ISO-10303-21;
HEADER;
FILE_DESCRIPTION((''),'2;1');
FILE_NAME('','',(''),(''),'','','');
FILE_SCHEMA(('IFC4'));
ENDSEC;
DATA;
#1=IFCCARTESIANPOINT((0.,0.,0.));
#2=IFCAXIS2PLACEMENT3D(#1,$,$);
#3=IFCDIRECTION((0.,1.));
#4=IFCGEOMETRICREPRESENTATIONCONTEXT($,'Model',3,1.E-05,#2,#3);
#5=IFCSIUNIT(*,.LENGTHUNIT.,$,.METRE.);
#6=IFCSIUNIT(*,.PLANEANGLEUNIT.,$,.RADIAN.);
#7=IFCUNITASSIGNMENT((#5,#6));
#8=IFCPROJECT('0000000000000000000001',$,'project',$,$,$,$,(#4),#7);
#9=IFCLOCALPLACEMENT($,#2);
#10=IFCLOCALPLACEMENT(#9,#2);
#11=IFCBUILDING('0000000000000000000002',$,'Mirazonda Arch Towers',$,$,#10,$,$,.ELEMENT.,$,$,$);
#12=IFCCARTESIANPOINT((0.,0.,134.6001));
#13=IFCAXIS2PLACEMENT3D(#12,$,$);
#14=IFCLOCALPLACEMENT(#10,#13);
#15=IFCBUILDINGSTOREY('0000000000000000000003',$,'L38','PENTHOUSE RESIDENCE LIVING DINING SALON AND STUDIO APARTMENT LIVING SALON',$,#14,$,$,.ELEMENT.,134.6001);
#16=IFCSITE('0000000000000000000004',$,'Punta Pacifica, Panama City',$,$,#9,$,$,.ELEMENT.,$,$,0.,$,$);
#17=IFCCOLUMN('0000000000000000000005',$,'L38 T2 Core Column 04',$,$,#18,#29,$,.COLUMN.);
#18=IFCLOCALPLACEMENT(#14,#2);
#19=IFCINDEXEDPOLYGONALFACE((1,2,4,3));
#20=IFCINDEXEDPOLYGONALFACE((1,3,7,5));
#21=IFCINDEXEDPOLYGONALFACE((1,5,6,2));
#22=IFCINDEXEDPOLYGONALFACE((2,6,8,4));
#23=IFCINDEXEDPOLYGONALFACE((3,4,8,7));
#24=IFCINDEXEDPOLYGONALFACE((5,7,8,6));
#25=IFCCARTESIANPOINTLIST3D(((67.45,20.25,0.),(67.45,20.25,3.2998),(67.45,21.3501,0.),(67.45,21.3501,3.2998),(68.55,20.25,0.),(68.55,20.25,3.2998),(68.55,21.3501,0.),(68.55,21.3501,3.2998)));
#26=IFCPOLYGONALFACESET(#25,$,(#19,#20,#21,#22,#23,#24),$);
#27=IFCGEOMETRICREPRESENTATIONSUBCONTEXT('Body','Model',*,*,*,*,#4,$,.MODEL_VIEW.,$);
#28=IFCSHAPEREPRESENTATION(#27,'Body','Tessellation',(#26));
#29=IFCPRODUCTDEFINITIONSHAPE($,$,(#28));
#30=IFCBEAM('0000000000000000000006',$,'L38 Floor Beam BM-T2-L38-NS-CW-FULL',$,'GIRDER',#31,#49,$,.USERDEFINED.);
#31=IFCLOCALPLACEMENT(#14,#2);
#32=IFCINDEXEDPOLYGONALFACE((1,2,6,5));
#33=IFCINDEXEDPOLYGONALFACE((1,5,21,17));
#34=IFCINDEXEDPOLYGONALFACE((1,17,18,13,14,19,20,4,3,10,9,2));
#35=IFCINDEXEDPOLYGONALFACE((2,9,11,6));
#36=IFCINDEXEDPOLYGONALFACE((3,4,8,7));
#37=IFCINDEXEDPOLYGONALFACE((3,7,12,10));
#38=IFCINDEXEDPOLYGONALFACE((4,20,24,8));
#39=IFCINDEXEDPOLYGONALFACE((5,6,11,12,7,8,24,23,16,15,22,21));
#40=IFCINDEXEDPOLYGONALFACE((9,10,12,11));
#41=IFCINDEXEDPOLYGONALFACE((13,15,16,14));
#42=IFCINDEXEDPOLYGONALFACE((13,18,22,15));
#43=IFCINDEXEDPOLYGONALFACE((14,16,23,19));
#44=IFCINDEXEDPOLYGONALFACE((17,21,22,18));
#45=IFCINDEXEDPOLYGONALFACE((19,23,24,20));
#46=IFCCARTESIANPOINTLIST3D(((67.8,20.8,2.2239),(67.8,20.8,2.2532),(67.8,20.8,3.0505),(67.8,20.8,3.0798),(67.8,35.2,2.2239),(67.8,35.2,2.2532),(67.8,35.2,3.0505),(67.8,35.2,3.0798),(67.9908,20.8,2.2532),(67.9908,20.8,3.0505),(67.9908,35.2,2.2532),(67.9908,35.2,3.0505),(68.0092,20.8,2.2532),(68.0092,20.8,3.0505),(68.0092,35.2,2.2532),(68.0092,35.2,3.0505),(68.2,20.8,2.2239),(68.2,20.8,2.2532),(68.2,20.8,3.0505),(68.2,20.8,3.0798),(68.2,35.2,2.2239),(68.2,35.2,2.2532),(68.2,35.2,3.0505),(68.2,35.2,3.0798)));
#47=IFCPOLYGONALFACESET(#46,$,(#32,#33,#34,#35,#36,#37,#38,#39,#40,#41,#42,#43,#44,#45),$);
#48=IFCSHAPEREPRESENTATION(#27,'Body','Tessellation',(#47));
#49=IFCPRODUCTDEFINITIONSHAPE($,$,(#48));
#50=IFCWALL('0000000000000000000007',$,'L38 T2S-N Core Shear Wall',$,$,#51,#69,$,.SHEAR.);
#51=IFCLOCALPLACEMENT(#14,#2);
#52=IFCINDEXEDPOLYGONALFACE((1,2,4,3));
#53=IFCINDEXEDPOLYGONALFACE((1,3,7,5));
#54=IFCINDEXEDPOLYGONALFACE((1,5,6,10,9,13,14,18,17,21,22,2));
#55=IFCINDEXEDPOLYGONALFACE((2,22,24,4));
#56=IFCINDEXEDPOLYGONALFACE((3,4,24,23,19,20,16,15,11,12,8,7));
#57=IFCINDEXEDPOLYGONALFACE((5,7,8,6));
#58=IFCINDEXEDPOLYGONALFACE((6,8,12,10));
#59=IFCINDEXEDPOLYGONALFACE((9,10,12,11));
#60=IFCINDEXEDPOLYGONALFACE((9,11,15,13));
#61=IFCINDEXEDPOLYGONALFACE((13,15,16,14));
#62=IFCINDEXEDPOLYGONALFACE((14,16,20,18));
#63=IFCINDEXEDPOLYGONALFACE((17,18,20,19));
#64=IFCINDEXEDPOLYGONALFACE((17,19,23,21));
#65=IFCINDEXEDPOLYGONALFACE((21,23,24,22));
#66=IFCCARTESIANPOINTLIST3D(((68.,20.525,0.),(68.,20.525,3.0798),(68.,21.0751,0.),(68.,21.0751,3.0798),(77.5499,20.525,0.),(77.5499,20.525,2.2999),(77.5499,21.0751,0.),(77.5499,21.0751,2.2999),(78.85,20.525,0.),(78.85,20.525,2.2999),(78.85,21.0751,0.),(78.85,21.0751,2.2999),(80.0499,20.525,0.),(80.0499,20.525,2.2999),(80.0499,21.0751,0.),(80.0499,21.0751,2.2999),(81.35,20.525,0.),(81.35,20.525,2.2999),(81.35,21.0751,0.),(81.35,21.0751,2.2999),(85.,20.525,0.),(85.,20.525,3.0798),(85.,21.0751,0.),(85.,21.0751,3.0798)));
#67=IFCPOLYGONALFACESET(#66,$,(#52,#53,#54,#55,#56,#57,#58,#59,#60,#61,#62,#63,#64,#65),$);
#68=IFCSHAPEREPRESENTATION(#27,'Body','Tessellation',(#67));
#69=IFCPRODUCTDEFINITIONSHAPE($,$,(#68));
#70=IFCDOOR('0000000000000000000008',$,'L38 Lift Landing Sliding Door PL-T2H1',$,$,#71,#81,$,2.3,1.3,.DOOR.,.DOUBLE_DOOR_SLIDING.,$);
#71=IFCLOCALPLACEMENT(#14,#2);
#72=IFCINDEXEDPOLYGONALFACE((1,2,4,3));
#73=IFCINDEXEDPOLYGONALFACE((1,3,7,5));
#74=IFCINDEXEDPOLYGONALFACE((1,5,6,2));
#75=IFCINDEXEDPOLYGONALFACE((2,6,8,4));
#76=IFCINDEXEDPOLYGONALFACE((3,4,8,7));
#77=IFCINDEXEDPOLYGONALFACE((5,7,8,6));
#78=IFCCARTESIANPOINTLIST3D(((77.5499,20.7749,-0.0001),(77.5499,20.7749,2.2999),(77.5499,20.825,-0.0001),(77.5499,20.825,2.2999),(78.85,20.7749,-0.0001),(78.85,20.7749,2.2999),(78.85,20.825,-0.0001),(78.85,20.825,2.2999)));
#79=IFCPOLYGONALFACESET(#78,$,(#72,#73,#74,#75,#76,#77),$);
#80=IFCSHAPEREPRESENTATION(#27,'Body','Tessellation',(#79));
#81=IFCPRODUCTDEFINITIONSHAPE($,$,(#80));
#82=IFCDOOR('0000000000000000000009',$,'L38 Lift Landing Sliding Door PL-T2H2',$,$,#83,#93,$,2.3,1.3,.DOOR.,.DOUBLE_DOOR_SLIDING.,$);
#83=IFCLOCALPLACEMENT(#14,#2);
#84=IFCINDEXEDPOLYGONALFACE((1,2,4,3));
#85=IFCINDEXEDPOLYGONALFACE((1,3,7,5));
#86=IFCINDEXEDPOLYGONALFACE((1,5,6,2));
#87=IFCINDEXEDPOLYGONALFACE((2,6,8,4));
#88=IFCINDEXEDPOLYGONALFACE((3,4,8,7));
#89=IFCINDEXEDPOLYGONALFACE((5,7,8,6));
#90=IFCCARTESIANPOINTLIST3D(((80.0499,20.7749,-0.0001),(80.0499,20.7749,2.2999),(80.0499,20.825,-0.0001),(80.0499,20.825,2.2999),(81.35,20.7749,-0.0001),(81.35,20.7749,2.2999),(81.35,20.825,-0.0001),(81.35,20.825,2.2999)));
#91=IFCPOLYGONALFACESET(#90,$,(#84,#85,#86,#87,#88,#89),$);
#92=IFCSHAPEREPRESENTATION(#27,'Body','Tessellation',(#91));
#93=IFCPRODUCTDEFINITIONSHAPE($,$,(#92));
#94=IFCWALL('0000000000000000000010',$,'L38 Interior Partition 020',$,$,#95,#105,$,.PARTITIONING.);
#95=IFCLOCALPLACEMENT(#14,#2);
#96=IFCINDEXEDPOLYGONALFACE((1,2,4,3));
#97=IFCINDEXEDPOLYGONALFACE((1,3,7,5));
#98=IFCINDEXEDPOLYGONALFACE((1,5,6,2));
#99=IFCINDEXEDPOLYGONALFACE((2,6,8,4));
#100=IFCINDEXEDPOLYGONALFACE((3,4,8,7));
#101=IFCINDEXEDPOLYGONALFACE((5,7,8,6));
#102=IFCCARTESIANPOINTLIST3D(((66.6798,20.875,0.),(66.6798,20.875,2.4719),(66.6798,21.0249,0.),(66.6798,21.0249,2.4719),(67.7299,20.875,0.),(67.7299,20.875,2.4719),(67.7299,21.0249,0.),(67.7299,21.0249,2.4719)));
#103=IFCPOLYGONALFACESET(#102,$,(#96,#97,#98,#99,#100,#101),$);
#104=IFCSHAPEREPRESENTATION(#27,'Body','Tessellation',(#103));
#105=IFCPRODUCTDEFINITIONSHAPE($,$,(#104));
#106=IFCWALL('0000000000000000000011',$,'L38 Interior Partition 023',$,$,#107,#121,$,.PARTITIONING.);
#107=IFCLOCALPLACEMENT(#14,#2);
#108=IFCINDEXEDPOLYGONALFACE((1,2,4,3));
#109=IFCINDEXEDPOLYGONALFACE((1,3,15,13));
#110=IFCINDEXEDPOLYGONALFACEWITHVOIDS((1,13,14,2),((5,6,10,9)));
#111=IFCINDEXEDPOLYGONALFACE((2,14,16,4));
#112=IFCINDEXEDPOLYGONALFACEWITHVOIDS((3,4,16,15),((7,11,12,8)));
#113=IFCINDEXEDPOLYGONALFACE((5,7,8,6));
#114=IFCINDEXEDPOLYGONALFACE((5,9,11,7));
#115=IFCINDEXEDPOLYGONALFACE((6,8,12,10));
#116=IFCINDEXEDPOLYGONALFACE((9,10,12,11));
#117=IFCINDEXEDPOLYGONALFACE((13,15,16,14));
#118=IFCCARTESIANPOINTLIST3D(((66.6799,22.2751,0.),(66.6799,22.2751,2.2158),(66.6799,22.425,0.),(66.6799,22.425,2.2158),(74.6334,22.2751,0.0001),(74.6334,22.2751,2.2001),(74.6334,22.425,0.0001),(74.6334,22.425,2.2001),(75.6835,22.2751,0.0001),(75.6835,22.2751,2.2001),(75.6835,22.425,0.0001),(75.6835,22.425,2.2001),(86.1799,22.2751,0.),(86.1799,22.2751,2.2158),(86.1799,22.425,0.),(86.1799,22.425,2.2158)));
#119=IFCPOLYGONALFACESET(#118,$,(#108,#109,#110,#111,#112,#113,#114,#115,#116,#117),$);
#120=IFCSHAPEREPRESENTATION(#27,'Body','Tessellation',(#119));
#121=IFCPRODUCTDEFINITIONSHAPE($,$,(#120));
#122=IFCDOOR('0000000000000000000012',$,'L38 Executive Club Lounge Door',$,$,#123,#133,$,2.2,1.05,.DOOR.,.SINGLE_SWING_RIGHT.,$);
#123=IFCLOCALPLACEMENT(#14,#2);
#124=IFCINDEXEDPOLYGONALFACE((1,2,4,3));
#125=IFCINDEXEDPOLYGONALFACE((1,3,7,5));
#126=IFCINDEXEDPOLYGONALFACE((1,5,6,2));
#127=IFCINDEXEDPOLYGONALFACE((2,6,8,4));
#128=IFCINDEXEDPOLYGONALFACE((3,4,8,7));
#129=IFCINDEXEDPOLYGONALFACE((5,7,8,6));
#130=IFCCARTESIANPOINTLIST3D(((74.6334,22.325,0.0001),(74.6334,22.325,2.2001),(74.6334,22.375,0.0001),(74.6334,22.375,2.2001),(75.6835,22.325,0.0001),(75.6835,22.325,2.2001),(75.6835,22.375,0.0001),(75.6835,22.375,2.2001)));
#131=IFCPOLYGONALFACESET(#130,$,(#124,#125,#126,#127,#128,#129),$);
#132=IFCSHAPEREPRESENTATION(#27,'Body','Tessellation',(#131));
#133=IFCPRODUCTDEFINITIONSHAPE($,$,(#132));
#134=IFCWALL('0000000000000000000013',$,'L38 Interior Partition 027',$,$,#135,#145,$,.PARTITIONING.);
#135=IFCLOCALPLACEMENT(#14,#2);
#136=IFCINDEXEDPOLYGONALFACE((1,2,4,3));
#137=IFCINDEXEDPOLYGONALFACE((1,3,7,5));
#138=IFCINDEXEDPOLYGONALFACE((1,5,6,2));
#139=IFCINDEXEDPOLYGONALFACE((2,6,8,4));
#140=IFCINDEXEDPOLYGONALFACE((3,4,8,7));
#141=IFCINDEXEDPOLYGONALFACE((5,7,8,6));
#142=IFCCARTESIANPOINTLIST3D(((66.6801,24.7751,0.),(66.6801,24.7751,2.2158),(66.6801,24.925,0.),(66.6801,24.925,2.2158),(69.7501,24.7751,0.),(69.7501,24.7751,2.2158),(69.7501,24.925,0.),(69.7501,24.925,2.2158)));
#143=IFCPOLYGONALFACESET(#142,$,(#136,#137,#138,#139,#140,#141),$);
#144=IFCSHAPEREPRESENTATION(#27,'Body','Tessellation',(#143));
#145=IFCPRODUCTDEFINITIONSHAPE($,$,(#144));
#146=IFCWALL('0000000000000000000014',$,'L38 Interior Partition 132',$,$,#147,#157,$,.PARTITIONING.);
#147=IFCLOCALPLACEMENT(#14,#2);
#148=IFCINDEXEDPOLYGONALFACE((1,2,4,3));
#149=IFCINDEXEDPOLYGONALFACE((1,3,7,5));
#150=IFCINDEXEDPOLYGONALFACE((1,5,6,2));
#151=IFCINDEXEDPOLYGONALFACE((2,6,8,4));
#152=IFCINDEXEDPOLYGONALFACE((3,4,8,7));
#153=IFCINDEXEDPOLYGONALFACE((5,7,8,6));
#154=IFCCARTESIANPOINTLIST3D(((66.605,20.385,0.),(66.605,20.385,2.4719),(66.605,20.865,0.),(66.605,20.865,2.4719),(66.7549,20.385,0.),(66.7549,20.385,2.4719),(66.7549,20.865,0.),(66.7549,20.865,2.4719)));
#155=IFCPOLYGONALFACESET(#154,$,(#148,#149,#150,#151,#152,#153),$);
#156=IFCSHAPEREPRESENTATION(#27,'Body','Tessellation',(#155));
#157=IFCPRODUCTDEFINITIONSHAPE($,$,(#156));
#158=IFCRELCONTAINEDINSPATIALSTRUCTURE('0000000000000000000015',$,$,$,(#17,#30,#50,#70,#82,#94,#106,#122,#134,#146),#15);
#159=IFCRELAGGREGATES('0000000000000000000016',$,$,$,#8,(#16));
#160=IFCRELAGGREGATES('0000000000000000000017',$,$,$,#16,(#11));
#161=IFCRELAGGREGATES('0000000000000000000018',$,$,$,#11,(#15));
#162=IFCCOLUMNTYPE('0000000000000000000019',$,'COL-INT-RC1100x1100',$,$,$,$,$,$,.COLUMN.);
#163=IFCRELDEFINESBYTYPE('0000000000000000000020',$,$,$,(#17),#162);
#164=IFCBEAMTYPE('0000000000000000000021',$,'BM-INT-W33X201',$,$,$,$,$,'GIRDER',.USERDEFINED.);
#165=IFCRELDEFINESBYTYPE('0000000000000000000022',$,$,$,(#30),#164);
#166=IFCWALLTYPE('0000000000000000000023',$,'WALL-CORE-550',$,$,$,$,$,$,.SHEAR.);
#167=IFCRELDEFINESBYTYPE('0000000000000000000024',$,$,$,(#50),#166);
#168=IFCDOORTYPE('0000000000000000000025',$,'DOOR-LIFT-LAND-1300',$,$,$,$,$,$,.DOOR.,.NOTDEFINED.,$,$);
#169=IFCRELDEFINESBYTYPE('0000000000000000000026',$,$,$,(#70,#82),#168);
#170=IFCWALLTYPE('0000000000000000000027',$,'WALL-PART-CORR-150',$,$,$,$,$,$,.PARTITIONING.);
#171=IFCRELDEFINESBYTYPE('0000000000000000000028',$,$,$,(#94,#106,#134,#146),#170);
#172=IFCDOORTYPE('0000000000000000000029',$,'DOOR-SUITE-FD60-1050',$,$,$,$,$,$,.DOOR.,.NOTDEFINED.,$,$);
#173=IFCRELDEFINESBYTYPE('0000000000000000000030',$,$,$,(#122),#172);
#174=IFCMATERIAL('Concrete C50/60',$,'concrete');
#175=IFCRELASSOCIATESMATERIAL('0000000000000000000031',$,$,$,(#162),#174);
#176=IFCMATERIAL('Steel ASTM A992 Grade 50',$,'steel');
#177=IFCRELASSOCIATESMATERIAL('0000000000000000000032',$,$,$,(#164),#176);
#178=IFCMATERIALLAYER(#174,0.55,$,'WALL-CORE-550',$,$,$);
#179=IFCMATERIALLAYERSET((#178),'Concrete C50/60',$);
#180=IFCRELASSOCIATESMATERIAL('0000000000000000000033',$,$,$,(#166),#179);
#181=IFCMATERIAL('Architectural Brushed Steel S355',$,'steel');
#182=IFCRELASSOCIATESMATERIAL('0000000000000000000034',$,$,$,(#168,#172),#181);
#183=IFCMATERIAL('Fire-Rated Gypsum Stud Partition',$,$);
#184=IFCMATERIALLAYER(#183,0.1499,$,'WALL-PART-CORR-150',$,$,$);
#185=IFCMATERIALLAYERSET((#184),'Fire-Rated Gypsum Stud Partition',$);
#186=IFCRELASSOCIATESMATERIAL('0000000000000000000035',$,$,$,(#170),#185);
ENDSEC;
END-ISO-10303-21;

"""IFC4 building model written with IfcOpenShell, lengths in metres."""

from ifc_helpers import new_model, si_unit, direction, frame, frame_2d, origin, origin_2d, place, context, subcontext, project, spatial, rectangle, i_section, extrude, material, layer, layer_set, material_profile, profile_set, type_object, element, fill, save


model = new_model("IFC4")

# Units and contexts
model_context = context("Model", 3, precision=1e-05, world=origin(), true_north=direction((0.0, 1.0)))
body_context = subcontext(model_context, "Body", "Model", "MODEL_VIEW")
ifc_project = project(units=[si_unit("LENGTHUNIT", "METRE"), si_unit("PLANEANGLEUNIT", "RADIAN")], contexts=[model_context])

# Site, building, storey
site_placement = place(None, origin())
site = spatial("IfcSite", under=ifc_project, at=site_placement, Name="Punta Pacifica, Panama City", CompositionType="ELEMENT", RefElevation=0.0)
building_placement = place(site_placement, origin())
building = spatial("IfcBuilding", under=site, at=building_placement, Name="Mirazonda Arch Towers", CompositionType="ELEMENT")
storey_placement = place(building_placement, frame((0.0, 0.0, 134.6001)))
storey = spatial("IfcBuildingStorey", under=building, at=storey_placement, Name="L38", Description="PENTHOUSE RESIDENCE LIVING DINING SALON AND STUDIO APARTMENT LIVING SALON", CompositionType="ELEMENT", Elevation=134.6001)

# Column
ifc_material_1 = material(Name="Concrete C50/60", Category="concrete")
ifc_material_profile_1 = material_profile(ifc_material_1, rectangle(XDim=1.1001, YDim=1.1001, at=origin_2d()), Name="RC1100x1100")
ifc_profile_set_1 = profile_set([ifc_material_profile_1], Name="Concrete C50/60")
column_type = type_object("IfcColumnType", Name="COL-INT-RC1100x1100", PredefinedType="COLUMN", material=ifc_profile_set_1)
column_placement = place(storey_placement, frame((68.0, 20.8, 0.0), z_axis=(0.0, 0.0, 1.0), x_axis=(1.0, 0.0, 0.0)))
element("IfcColumn", 1, at=column_placement, inside=storey, type_object=column_type, Name="L38 T2 Core Column 04", PredefinedType="COLUMN", context=body_context, shape_type="SweptSolid", body=[
    extrude(rectangle(XDim=1.1001, YDim=1.1001, at=origin_2d()), origin(), (0.0, 0.0, 1.0), 3.2998),
])

# Beam
ifc_material_2 = material(Name="Steel ASTM A992 Grade 50", Category="steel")
ifc_material_profile_2 = material_profile(ifc_material_2, i_section(OverallWidth=0.3999, OverallDepth=0.856, WebThickness=0.0183, FlangeThickness=0.0293, at=origin_2d()), Name="W33X201")
ifc_profile_set_2 = profile_set([ifc_material_profile_2], Name="Steel ASTM A992 Grade 50")
beam_type = type_object("IfcBeamType", Name="BM-INT-W33X201", ElementType="GIRDER", PredefinedType="USERDEFINED", material=ifc_profile_set_2)
beam_placement = place(storey_placement, frame((68.0, 20.8, 2.6519), z_axis=(0.0, 1.0, 0.0), x_axis=(-1.0, 0.0, 0.0)))
element("IfcBeam", 2, at=beam_placement, inside=storey, type_object=beam_type, Name="L38 Floor Beam BM-T2-L38-NS-CW-FULL", ObjectType="GIRDER", PredefinedType="USERDEFINED", context=body_context, shape_type="SweptSolid", body=[
    extrude(i_section(OverallWidth=0.3999, OverallDepth=0.856, WebThickness=0.0183, FlangeThickness=0.0293, at=origin_2d()), origin(), (0.0, 0.0, 1.0), 14.3999),
])

# Wall, openings, doors
ifc_layer_1 = layer(ifc_material_1, 0.55, Name="WALL-CORE-550")
ifc_layer_set_1 = layer_set([ifc_layer_1], Name="Concrete C50/60")
wall_type_1 = type_object("IfcWallType", Name="WALL-CORE-550", PredefinedType="SHEAR", material=ifc_layer_set_1)
wall_1_placement = place(storey_placement, frame((68.0, 20.8, 0.0), z_axis=(0.0, 0.0, 1.0), x_axis=(1.0, 0.0, 0.0)))
wall_1 = element("IfcWall", 3, at=wall_1_placement, inside=storey, type_object=wall_type_1, Name="L38 T2S-N Core Shear Wall", PredefinedType="SHEAR", context=body_context, shape_type="SweptSolid", body=[
    extrude(rectangle(XDim=17.0, YDim=0.55, at=frame_2d((8.5, 0.0))), origin(), (0.0, 0.0, 1.0), 3.0798),
])
opening_1_placement = place(wall_1_placement, frame((9.55, 0.0, 0.0)))
opening_1 = element("IfcOpeningElement", 4, at=opening_1_placement, cuts=wall_1, PredefinedType="OPENING", context=body_context, shape_type="SweptSolid", body=[
    extrude(rectangle(XDim=1.3, YDim=2.3, at=frame_2d((0.6499, 1.1499))), frame((0.0, 0.2849, 0.0), z_axis=(0.0, -1.0, 0.0), x_axis=(1.0, 0.0, 0.0)), (0.0, 0.0, 1.0), 0.5701),
])
opening_2_placement = place(wall_1_placement, frame((12.05, 0.0, 0.0)))
opening_2 = element("IfcOpeningElement", 5, at=opening_2_placement, cuts=wall_1, PredefinedType="OPENING", context=body_context, shape_type="SweptSolid", body=[
    extrude(rectangle(XDim=1.3, YDim=2.3, at=frame_2d((0.6499, 1.1499))), frame((0.0, 0.2849, 0.0), z_axis=(0.0, -1.0, 0.0), x_axis=(1.0, 0.0, 0.0)), (0.0, 0.0, 1.0), 0.5701),
])
ifc_material_3 = material(Name="Architectural Brushed Steel S355", Category="steel")
door_type_1 = type_object("IfcDoorType", Name="DOOR-LIFT-LAND-1300", OperationType="NOTDEFINED", PredefinedType="DOOR", material=ifc_material_3)
door_1_placement = place(opening_1_placement, origin())
door_1 = element("IfcDoor", 6, at=door_1_placement, inside=storey, type_object=door_type_1, Name="L38 Lift Landing Sliding Door PL-T2H1", OperationType="DOUBLE_DOOR_SLIDING", OverallHeight=2.3, OverallWidth=1.3, PredefinedType="DOOR", context=body_context, shape_type="SweptSolid", body=[
    extrude(rectangle(XDim=1.3, YDim=2.3, at=frame_2d((0.6499, 1.1499))), frame((0.0, 0.0249, 0.0), z_axis=(0.0, -1.0, 0.0), x_axis=(1.0, 0.0, 0.0)), (0.0, 0.0, 1.0), 0.05),
])
fill(opening_1, door_1)
door_2_placement = place(opening_2_placement, origin())
door_2 = element("IfcDoor", 7, at=door_2_placement, inside=storey, type_object=door_type_1, Name="L38 Lift Landing Sliding Door PL-T2H2", OperationType="DOUBLE_DOOR_SLIDING", OverallHeight=2.3, OverallWidth=1.3, PredefinedType="DOOR", context=body_context, shape_type="SweptSolid", body=[
    extrude(rectangle(XDim=1.3, YDim=2.3, at=frame_2d((0.6499, 1.1499))), frame((0.0, 0.0249, 0.0), z_axis=(0.0, -1.0, 0.0), x_axis=(1.0, 0.0, 0.0)), (0.0, 0.0, 1.0), 0.05),
])
fill(opening_2, door_2)

# Wall
ifc_material_4 = material(Name="Fire-Rated Gypsum Stud Partition")
ifc_layer_2 = layer(ifc_material_4, 0.1499, Name="WALL-PART-CORR-150")
ifc_layer_set_2 = layer_set([ifc_layer_2], Name="Fire-Rated Gypsum Stud Partition")
wall_type_2 = type_object("IfcWallType", Name="WALL-PART-CORR-150", PredefinedType="PARTITIONING", material=ifc_layer_set_2)
wall_2_placement = place(storey_placement, frame((66.6799, 20.95, 0.0), z_axis=(0.0, 0.0, 1.0), x_axis=(1.0, 0.0, 0.0)))
element("IfcWall", 8, at=wall_2_placement, inside=storey, type_object=wall_type_2, Name="L38 Interior Partition 020", PredefinedType="PARTITIONING", context=body_context, shape_type="SweptSolid", body=[
    extrude(rectangle(XDim=1.05, YDim=0.1499, at=frame_2d((0.5249, 0.0))), origin(), (0.0, 0.0, 1.0), 2.4719),
])

# Wall, opening, door
wall_3_placement = place(storey_placement, frame((66.6799, 22.3501, 0.0), z_axis=(0.0, 0.0, 1.0), x_axis=(1.0, 0.0, 0.0)))
wall_3 = element("IfcWall", 9, at=wall_3_placement, inside=storey, type_object=wall_type_2, Name="L38 Interior Partition 023", PredefinedType="PARTITIONING", context=body_context, shape_type="SweptSolid", body=[
    extrude(rectangle(XDim=19.5, YDim=0.1499, at=frame_2d((9.75, 0.0))), origin(), (0.0, 0.0, 1.0), 2.2158),
])
opening_3_placement = place(wall_3_placement, frame((7.9536, 0.0, 0.0)))
opening_3 = element("IfcOpeningElement", 10, at=opening_3_placement, cuts=wall_3, PredefinedType="OPENING", context=body_context, shape_type="SweptSolid", body=[
    extrude(rectangle(XDim=1.05, YDim=2.2, at=frame_2d((0.5249, 1.1001))), frame((0.0, 0.085, 0.0), z_axis=(0.0, -1.0, 0.0), x_axis=(1.0, 0.0, 0.0)), (0.0, 0.0, 1.0), 0.1699),
])
door_type_2 = type_object("IfcDoorType", Name="DOOR-SUITE-FD60-1050", OperationType="NOTDEFINED", PredefinedType="DOOR", material=ifc_material_3)
door_3_placement = place(opening_3_placement, origin())
door_3 = element("IfcDoor", 11, at=door_3_placement, inside=storey, type_object=door_type_2, Name="L38 Executive Club Lounge Door", OperationType="SINGLE_SWING_RIGHT", OverallHeight=2.2, OverallWidth=1.05, PredefinedType="DOOR", context=body_context, shape_type="SweptSolid", body=[
    extrude(rectangle(XDim=1.05, YDim=2.2, at=frame_2d((0.5249, 1.1001))), frame((0.0, 0.0249, 0.0), z_axis=(0.0, -1.0, 0.0), x_axis=(1.0, 0.0, 0.0)), (0.0, 0.0, 1.0), 0.05),
])
fill(opening_3, door_3)

# Walls
wall_4_placement = place(storey_placement, frame((66.6799, 24.8501, 0.0), z_axis=(0.0, 0.0, 1.0), x_axis=(1.0, 0.0, 0.0)))
element("IfcWall", 12, at=wall_4_placement, inside=storey, type_object=wall_type_2, Name="L38 Interior Partition 027", PredefinedType="PARTITIONING", context=body_context, shape_type="SweptSolid", body=[
    extrude(rectangle(XDim=3.0701, YDim=0.1499, at=frame_2d((1.5352, 0.0))), origin(), (0.0, 0.0, 1.0), 2.2158),
])
wall_5_placement = place(storey_placement, frame((66.6799, 20.385, 0.0), z_axis=(0.0, 0.0, 1.0), x_axis=(0.0, 1.0, 0.0)))
element("IfcWall", 13, at=wall_5_placement, inside=storey, type_object=wall_type_2, Name="L38 Interior Partition 132", PredefinedType="PARTITIONING", context=body_context, shape_type="SweptSolid", body=[
    extrude(rectangle(XDim=0.48, YDim=0.1499, at=frame_2d((0.24, 0.0))), origin(), (0.0, 0.0, 1.0), 2.4719),
])

save(model, "model.ifc")
